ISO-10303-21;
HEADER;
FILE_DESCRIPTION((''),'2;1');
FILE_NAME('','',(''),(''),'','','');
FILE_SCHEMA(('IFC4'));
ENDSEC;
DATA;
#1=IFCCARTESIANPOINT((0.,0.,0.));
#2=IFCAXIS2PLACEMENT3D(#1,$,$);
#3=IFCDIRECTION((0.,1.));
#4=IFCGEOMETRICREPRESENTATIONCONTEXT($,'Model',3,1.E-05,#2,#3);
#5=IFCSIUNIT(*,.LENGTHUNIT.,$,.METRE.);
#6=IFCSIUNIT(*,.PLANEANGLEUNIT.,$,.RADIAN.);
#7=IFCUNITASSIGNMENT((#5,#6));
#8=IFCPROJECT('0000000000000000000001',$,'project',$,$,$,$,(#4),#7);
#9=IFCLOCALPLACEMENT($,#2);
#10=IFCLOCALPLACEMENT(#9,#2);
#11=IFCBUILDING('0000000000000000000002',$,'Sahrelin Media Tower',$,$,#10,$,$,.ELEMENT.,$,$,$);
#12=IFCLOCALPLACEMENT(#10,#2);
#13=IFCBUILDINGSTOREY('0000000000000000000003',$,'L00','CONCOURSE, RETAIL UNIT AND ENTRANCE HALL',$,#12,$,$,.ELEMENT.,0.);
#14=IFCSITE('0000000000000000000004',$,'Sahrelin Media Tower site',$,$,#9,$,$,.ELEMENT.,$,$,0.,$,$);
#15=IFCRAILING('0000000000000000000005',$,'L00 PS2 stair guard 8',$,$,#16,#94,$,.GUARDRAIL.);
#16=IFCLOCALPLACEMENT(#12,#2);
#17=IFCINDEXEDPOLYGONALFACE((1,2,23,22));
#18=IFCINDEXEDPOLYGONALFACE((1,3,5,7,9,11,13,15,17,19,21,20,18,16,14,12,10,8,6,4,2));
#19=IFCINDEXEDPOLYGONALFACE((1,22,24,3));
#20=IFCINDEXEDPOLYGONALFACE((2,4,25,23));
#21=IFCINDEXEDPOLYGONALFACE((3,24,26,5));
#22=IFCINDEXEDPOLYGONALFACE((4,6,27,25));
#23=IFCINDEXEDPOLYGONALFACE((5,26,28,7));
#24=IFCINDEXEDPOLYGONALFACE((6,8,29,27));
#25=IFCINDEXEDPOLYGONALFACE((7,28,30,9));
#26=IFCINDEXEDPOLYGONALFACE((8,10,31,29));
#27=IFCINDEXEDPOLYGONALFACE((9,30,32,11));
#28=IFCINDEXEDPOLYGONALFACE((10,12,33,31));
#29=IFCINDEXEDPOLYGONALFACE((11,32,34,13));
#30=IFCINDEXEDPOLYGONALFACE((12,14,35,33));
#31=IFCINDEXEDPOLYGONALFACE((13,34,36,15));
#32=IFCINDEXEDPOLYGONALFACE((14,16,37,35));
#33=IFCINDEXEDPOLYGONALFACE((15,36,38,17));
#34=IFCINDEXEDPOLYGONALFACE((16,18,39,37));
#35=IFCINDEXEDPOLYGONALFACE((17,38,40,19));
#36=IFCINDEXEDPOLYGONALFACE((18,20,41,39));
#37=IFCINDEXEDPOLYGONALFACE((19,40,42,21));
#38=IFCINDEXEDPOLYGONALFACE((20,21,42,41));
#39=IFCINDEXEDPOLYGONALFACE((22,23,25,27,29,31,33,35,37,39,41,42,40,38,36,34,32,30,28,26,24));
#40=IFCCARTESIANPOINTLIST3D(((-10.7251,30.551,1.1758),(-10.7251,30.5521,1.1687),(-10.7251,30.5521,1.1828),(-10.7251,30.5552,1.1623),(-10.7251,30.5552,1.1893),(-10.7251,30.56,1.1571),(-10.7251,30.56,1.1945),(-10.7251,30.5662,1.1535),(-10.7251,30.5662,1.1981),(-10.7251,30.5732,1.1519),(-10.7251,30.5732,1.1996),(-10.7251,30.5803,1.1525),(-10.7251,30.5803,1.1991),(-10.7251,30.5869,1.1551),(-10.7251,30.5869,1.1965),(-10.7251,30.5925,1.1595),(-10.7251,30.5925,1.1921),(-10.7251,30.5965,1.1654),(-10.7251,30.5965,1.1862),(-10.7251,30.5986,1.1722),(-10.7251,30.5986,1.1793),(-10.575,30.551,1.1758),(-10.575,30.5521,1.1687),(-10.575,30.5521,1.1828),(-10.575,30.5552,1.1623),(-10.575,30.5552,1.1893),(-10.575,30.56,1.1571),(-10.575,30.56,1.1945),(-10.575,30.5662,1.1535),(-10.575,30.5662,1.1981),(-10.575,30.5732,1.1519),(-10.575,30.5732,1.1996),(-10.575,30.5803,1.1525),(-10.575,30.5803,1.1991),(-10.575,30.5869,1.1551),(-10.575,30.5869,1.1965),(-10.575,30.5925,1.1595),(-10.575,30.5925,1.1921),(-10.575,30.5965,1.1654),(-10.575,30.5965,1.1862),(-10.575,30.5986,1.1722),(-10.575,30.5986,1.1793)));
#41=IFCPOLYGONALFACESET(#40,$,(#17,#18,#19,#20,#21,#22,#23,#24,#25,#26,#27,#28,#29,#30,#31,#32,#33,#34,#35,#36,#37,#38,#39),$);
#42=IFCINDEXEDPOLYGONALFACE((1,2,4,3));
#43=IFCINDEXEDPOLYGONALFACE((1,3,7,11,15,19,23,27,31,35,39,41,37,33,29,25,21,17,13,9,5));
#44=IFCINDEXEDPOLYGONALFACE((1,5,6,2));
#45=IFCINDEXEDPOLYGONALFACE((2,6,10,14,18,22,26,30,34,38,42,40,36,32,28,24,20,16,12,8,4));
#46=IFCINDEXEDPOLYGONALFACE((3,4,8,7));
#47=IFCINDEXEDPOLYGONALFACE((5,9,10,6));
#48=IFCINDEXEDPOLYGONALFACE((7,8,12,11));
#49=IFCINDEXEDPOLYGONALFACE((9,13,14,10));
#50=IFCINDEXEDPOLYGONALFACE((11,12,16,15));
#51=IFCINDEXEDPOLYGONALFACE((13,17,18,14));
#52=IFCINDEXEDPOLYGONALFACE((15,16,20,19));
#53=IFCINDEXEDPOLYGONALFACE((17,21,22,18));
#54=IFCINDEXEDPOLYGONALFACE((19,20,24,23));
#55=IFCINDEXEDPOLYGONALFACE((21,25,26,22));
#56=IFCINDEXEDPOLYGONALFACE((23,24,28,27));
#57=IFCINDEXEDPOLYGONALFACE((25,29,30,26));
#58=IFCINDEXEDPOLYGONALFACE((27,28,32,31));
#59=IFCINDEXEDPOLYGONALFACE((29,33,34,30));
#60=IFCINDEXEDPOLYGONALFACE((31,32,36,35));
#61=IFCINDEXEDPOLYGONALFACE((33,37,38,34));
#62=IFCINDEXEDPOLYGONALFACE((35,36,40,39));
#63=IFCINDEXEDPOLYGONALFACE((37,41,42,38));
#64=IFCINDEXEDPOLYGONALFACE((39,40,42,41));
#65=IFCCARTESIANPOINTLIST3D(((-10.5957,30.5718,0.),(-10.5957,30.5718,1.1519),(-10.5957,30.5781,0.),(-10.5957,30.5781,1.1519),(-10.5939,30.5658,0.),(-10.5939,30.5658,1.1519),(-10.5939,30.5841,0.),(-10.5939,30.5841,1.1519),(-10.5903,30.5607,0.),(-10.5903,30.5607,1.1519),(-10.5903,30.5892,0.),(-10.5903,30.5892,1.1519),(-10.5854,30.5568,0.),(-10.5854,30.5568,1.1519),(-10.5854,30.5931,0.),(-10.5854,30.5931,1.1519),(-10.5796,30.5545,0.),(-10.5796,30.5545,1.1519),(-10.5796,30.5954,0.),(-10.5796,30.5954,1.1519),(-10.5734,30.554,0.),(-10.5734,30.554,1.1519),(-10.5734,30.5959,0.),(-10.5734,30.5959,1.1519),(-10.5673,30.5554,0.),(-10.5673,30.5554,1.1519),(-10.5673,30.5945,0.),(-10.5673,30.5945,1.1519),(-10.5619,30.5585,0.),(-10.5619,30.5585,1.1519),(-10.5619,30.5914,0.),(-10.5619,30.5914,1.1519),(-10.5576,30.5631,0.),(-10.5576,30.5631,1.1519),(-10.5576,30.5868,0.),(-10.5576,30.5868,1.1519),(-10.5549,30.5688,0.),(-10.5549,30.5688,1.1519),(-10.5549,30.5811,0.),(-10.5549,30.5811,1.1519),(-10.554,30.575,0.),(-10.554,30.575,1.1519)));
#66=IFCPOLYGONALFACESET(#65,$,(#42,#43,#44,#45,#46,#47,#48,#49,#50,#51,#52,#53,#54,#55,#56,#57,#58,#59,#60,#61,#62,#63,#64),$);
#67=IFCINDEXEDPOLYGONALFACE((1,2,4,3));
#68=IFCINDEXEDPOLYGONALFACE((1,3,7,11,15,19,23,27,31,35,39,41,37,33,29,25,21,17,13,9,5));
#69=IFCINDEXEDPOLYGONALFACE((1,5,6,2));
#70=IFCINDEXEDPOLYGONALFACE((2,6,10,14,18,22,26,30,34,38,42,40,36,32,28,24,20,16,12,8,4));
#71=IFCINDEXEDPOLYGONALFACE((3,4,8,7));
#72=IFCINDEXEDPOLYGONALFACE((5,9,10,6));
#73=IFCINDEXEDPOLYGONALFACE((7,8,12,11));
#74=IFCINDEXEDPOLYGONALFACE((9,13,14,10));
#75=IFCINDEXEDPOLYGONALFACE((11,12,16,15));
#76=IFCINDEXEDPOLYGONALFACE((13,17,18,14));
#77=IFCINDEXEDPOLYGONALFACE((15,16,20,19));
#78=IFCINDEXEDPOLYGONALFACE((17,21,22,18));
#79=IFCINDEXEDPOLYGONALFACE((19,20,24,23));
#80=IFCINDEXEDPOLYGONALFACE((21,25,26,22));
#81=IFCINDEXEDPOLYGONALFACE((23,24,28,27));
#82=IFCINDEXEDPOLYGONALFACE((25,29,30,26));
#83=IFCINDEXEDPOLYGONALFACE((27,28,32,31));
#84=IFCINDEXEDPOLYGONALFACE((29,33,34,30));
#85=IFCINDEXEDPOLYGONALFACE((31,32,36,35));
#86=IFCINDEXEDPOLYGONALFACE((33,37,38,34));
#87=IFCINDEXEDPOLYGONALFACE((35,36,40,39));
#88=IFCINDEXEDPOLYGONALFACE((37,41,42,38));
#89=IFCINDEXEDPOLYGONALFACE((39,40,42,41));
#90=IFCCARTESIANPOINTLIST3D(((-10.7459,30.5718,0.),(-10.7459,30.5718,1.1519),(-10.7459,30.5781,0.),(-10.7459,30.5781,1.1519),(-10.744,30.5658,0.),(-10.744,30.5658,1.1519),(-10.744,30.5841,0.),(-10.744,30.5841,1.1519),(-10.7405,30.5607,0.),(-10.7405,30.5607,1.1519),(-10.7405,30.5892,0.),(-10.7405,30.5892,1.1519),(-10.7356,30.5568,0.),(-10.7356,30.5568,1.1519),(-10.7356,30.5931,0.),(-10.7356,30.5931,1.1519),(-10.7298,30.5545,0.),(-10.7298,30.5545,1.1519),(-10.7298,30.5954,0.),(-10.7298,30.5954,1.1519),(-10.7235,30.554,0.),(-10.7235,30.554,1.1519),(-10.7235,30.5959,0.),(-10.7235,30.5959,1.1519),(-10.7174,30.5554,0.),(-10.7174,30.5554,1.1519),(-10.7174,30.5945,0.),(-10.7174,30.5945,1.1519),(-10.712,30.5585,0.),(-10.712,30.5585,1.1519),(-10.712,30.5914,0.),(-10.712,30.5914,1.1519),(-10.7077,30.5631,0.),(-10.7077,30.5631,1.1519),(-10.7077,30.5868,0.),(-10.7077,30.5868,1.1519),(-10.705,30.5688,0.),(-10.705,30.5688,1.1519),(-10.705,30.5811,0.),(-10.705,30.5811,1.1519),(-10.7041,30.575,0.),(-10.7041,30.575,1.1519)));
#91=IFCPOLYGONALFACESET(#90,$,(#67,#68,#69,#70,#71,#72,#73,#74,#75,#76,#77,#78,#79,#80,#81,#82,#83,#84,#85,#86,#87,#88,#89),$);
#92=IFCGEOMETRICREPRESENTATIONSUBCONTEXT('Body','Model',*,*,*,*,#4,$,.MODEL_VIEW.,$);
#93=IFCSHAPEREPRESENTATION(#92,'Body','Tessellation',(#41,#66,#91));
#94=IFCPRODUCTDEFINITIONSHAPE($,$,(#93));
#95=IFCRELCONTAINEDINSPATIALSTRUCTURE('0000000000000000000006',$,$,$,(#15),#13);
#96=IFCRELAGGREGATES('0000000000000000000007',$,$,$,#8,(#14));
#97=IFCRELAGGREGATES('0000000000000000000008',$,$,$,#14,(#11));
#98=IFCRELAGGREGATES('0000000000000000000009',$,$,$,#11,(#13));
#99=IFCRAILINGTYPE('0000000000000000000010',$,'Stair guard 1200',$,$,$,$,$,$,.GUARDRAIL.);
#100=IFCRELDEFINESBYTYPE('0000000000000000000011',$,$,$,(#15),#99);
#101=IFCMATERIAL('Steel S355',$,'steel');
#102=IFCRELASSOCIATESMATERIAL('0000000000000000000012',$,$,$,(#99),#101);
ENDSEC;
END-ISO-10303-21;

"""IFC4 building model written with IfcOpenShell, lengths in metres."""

from ifc_helpers import new_model, si_unit, direction, frame, origin, origin_2d, place, context, subcontext, project, spatial, circle, extrude, material, type_object, element, save


model = new_model("IFC4")

# Units and contexts
model_context = context("Model", 3, precision=1e-05, world=origin(), true_north=direction((0.0, 1.0)))
body_context = subcontext(model_context, "Body", "Model", "MODEL_VIEW")
ifc_project = project(units=[si_unit("LENGTHUNIT", "METRE"), si_unit("PLANEANGLEUNIT", "RADIAN")], contexts=[model_context])

# Site, building, storey
site_placement = place(None, origin())
site = spatial("IfcSite", under=ifc_project, at=site_placement, Name="Sahrelin Media Tower site", CompositionType="ELEMENT", RefElevation=0.0)
building_placement = place(site_placement, origin())
building = spatial("IfcBuilding", under=site, at=building_placement, Name="Sahrelin Media Tower", CompositionType="ELEMENT")
storey_placement = place(building_placement, origin())
storey = spatial("IfcBuildingStorey", under=building, at=storey_placement, Name="L00", Description="CONCOURSE, RETAIL UNIT AND ENTRANCE HALL", CompositionType="ELEMENT", Elevation=0.0)

# Shared definitions
ifc_material_1 = material(Name="Steel S355", Category="steel")

# Railing
railing_type_1 = type_object("IfcRailingType", Name="Stair guard 1200", PredefinedType="GUARDRAIL", material=ifc_material_1)
railing_1_placement = place(storey_placement, frame((-10.575, 30.575, 0.0)))
element("IfcRailing", 1, at=railing_1_placement, inside=storey, type_object=railing_type_1, Name="L00 PS2 stair guard 8", PredefinedType="GUARDRAIL", context=body_context, shape_type="SweptSolid", body=[
    extrude(circle(Radius=0.0239, at=origin_2d()), frame((0.0, 0.0, 1.1758), z_axis=(-1.0, 0.0, 0.0), x_axis=(0.0, -1.0, 0.0)), (0.0, 0.0, 1.0), 0.1501),
    extrude(circle(Radius=0.021, at=origin_2d()), origin(), (0.0, 0.0, 1.0), 1.1519),
    extrude(circle(Radius=0.021, at=origin_2d()), frame((-0.1501, 0.0, 0.0)), (0.0, 0.0, 1.0), 1.1519),
])

save(model, "model.ifc")
